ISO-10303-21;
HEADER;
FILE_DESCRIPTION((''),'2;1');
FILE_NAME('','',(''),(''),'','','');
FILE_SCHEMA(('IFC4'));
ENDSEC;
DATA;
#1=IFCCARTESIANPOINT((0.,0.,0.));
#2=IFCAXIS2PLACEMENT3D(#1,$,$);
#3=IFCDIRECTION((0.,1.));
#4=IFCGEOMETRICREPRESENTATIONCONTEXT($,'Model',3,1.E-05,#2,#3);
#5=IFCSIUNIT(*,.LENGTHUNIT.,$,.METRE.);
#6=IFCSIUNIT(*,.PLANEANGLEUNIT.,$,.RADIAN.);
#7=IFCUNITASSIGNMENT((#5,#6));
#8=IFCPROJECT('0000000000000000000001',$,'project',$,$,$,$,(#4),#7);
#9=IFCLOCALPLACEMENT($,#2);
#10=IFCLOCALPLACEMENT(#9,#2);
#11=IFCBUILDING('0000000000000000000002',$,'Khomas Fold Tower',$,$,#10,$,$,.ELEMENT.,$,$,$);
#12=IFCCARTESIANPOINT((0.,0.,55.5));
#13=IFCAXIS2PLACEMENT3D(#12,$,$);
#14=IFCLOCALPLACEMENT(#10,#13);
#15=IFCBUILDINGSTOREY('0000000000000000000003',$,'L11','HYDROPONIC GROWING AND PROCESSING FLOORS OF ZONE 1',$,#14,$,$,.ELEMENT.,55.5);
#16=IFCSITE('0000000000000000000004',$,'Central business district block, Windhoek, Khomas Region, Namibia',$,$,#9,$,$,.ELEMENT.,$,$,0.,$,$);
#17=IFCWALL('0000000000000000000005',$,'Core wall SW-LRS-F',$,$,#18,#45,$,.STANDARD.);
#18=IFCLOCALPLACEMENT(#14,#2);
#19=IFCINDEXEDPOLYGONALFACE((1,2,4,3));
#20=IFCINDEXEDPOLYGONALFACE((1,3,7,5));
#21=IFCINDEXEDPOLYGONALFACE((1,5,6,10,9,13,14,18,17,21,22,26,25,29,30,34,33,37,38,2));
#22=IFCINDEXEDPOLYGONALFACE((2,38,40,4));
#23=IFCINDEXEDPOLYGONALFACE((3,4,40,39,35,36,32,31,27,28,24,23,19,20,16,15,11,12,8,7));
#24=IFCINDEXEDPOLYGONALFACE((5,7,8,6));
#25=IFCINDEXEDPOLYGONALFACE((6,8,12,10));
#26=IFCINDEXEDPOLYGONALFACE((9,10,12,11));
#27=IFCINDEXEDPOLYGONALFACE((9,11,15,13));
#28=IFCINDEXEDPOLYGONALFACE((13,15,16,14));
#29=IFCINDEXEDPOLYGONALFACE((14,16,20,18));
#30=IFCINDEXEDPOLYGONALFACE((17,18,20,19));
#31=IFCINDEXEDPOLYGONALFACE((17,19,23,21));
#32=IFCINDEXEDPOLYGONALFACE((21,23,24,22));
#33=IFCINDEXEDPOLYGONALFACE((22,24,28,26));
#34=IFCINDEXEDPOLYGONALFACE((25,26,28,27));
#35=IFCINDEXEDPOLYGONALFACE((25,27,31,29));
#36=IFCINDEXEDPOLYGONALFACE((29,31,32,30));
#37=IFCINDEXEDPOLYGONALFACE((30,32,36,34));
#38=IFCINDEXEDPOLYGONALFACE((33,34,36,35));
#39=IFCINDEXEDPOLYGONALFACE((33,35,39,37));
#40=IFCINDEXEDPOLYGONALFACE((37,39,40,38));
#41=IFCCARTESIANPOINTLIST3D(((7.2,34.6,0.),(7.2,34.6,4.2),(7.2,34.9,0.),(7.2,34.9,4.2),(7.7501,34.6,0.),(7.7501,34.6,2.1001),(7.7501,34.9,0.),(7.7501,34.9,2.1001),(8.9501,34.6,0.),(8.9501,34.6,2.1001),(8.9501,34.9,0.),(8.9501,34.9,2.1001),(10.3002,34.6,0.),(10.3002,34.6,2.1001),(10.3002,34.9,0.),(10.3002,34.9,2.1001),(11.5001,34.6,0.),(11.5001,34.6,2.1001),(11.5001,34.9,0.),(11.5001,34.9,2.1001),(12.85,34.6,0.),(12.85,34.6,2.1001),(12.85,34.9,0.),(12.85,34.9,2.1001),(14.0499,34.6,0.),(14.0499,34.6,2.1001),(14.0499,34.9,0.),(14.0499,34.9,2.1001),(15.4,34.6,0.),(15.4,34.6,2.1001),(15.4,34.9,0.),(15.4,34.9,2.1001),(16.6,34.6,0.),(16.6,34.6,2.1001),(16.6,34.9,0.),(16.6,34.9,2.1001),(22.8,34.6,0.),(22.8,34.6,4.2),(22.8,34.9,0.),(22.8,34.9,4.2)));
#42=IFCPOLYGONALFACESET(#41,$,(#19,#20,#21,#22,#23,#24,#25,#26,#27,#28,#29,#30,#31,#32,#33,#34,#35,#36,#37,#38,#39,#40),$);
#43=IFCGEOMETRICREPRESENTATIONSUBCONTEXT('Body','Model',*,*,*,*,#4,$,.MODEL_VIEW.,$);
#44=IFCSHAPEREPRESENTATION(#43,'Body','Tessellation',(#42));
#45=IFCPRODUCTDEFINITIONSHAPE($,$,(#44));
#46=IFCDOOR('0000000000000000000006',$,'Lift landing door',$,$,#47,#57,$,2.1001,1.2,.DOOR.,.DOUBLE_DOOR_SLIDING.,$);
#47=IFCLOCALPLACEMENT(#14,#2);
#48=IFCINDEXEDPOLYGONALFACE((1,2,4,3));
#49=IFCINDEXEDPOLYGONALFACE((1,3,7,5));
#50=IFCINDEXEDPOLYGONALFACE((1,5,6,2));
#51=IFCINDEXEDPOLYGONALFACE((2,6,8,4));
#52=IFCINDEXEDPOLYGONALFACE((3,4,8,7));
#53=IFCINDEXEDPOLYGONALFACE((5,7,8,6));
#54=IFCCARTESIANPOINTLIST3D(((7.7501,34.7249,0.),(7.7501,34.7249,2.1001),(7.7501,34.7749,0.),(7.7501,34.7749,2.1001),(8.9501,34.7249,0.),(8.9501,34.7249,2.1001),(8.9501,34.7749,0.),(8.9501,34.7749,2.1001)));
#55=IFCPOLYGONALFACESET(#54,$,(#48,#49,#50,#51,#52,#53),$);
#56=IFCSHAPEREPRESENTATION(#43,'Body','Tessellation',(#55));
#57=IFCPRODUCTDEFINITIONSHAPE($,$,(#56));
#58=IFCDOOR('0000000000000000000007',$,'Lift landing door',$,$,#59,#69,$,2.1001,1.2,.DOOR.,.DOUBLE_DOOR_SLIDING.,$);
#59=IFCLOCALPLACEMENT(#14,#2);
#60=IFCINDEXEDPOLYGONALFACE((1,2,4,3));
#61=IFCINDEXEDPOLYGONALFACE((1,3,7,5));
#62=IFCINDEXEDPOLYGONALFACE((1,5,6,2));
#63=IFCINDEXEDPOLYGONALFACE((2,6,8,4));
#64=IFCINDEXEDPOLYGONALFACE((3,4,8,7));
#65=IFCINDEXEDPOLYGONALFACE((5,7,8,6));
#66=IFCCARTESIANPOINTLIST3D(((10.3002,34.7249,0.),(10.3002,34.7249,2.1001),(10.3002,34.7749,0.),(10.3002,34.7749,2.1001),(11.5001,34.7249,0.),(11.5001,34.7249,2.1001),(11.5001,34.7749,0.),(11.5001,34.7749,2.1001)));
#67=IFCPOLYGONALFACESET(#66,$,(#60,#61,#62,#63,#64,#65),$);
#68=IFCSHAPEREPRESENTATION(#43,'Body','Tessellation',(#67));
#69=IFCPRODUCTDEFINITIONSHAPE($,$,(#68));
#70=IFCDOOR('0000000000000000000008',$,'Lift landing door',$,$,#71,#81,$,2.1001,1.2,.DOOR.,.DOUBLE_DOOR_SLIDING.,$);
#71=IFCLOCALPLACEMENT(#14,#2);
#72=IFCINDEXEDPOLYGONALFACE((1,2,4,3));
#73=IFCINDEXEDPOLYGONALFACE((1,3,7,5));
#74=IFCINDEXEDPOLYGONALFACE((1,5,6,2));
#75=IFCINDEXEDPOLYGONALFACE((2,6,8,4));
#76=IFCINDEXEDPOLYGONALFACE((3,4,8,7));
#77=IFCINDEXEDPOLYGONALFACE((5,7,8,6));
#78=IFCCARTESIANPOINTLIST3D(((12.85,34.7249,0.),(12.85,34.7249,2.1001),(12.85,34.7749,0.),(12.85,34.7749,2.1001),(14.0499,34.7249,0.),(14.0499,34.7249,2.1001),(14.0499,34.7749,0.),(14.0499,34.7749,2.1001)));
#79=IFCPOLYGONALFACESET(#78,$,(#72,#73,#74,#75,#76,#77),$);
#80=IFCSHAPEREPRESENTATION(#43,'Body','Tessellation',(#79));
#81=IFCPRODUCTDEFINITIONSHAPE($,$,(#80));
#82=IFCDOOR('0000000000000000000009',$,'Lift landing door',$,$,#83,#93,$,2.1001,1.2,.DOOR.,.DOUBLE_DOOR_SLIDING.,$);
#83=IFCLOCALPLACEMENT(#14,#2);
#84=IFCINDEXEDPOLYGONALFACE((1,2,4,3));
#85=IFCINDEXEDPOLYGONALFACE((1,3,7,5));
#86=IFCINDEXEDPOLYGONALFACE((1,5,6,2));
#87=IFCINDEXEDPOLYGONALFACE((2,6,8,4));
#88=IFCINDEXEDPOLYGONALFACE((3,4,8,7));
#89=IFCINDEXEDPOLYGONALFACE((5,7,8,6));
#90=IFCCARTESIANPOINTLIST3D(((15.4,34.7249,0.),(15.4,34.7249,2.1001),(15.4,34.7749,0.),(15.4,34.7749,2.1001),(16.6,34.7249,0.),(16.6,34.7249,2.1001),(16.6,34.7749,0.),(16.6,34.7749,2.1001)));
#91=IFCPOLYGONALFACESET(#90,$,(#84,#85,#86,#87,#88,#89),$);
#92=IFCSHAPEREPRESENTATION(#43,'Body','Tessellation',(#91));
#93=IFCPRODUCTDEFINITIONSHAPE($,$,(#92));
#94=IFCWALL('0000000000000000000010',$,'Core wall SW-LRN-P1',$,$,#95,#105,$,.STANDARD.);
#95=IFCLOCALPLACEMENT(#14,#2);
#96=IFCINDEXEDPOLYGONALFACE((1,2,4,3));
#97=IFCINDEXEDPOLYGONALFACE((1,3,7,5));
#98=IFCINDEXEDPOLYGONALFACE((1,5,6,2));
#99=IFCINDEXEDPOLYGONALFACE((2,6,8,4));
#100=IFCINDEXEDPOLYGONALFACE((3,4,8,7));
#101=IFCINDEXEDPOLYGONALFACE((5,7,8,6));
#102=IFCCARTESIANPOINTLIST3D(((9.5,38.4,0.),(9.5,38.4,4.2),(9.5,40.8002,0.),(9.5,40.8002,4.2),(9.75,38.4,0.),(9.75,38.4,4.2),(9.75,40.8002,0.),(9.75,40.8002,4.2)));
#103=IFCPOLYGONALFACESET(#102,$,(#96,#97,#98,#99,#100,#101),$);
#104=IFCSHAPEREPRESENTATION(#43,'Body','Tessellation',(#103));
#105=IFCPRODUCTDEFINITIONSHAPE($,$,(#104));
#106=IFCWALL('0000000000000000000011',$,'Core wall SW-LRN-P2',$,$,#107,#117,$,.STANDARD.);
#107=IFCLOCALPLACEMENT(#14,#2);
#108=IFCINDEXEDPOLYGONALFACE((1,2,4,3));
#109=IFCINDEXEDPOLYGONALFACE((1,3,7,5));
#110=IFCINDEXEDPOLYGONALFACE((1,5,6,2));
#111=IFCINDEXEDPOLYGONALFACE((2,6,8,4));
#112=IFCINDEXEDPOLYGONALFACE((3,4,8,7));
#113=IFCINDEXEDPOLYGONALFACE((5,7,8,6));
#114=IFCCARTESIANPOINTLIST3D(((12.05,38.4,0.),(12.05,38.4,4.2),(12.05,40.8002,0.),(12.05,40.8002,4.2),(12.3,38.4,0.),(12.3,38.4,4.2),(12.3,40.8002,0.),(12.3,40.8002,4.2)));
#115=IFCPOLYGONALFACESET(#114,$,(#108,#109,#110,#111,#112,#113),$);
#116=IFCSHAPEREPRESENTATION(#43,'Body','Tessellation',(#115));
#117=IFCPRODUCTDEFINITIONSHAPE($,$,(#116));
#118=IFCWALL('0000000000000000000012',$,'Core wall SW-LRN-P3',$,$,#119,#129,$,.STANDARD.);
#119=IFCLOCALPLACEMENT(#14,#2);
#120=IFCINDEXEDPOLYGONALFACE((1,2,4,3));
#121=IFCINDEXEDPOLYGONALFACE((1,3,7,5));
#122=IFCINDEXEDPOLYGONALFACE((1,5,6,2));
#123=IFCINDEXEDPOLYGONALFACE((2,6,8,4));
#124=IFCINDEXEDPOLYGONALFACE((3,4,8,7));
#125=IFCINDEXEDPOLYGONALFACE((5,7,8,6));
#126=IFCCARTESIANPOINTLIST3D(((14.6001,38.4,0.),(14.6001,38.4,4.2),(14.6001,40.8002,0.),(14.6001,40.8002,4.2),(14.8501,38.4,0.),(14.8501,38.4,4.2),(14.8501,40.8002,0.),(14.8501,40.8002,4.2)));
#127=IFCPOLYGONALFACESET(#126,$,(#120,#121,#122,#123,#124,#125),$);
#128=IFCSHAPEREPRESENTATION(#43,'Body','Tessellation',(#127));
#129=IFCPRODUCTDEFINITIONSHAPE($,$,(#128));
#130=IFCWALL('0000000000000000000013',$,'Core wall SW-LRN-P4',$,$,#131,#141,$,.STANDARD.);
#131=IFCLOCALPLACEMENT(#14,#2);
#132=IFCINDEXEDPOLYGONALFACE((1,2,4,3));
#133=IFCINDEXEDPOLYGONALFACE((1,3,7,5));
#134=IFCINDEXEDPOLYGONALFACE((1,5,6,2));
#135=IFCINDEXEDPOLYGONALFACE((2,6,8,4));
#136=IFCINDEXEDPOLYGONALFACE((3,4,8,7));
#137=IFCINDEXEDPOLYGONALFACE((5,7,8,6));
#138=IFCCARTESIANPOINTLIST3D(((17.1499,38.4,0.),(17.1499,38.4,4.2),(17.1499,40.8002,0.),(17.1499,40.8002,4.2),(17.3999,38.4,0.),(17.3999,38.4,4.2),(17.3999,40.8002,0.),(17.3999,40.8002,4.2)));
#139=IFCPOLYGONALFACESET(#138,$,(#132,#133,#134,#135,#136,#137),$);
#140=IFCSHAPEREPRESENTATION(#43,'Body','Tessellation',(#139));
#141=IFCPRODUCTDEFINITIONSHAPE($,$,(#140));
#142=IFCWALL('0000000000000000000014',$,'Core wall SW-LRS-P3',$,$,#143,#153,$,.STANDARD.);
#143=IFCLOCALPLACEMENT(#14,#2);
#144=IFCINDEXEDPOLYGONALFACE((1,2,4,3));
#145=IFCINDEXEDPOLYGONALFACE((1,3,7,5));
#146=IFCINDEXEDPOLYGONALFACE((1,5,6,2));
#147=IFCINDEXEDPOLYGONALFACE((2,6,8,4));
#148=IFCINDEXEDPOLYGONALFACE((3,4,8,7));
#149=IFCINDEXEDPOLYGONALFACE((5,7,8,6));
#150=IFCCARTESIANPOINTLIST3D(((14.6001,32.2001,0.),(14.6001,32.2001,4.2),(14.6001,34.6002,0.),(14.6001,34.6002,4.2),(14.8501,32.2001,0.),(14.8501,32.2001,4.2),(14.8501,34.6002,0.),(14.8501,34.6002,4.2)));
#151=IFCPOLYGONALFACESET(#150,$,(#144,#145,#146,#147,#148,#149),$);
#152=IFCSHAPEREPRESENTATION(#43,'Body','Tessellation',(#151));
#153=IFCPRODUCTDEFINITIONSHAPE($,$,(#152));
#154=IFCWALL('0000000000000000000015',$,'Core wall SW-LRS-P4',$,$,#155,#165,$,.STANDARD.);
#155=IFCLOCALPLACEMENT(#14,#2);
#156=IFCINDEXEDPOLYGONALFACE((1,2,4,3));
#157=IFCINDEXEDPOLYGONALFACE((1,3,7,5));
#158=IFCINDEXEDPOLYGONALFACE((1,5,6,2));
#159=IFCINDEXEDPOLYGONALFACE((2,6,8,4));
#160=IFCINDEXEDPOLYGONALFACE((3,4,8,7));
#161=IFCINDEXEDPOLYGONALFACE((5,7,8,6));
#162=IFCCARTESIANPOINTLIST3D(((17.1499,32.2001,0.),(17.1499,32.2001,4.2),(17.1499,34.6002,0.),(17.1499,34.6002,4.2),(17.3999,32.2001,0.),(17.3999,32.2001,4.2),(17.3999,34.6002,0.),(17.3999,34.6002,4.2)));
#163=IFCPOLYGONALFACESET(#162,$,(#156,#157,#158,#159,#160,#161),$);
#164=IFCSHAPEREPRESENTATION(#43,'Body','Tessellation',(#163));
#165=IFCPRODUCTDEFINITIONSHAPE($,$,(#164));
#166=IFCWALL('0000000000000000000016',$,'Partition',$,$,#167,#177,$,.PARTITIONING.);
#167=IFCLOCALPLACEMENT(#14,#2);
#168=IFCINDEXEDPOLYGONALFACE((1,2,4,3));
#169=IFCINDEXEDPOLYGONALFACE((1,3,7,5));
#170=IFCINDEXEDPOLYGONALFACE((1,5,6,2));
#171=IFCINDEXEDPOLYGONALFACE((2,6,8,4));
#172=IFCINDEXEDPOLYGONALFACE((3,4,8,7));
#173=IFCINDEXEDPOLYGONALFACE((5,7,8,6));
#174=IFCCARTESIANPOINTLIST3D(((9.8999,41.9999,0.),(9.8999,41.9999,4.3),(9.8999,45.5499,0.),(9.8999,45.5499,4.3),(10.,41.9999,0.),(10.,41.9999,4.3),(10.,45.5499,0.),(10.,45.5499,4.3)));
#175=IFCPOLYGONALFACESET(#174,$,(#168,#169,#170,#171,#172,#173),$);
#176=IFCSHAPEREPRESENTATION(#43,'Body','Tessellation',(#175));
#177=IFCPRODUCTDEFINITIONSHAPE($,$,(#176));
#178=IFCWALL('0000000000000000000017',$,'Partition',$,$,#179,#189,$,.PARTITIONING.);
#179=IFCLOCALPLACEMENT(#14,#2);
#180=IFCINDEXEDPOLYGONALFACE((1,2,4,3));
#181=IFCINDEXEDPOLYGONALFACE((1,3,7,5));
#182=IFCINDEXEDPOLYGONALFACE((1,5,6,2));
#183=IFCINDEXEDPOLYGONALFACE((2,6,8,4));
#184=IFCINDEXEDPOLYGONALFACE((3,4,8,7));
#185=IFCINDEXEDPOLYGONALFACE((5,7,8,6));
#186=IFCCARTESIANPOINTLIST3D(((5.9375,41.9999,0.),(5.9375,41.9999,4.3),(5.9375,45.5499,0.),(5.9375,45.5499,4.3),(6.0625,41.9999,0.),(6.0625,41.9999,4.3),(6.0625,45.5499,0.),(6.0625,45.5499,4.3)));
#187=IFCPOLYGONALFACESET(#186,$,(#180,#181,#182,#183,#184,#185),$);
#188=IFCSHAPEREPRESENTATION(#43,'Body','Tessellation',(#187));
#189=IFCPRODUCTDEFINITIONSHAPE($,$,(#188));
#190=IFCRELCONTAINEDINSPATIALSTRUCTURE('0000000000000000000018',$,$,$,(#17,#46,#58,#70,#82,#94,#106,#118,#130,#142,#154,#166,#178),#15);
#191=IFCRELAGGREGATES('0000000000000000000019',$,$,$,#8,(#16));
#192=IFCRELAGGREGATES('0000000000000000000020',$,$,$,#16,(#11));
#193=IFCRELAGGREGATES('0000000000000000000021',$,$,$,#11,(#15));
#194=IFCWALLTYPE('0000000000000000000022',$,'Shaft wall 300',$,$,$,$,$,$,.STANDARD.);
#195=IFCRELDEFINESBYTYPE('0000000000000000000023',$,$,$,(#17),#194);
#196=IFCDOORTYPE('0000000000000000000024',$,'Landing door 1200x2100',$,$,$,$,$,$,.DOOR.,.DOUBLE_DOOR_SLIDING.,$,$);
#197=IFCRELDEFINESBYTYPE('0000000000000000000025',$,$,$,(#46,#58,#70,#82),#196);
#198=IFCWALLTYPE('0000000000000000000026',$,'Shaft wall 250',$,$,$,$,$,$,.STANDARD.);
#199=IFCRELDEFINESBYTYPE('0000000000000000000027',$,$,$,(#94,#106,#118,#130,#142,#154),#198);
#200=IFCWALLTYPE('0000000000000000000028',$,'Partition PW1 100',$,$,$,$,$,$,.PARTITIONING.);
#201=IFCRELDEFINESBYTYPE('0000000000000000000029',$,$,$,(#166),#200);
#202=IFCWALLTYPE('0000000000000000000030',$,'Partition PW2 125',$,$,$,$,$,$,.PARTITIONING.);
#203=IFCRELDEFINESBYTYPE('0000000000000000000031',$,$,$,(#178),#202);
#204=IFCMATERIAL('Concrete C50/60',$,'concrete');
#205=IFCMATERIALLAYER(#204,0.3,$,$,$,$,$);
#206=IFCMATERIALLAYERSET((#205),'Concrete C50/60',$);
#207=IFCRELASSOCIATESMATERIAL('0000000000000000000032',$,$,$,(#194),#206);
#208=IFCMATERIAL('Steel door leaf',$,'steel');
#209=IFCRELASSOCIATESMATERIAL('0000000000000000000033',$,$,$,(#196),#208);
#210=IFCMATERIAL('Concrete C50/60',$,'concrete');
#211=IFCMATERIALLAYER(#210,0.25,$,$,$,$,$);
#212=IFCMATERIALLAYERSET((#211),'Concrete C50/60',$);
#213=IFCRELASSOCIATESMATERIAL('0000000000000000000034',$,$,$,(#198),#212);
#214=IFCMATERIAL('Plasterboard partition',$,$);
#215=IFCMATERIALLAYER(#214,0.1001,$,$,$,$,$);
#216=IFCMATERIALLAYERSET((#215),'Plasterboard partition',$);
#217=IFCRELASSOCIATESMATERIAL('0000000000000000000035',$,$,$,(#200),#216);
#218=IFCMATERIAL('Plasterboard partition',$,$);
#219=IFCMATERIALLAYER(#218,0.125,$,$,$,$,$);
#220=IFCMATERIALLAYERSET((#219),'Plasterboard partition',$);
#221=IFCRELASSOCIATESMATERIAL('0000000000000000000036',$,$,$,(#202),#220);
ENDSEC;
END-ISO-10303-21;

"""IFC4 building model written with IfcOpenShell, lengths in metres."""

from ifc_helpers import new_model, si_unit, direction, frame, frame_2d, origin, place, context, subcontext, project, spatial, rectangle, extrude, source, transform, mapped, material, layer, layer_set, type_object, element, fill, save


model = new_model("IFC4")

# Units and contexts
model_context = context("Model", 3, precision=1e-05, world=origin(), true_north=direction((0.0, 1.0)))
body_context = subcontext(model_context, "Body", "Model", "MODEL_VIEW")
ifc_project = project(units=[si_unit("LENGTHUNIT", "METRE"), si_unit("PLANEANGLEUNIT", "RADIAN")], contexts=[model_context])

# Site, building, storey
site_placement = place(None, origin())
site = spatial("IfcSite", under=ifc_project, at=site_placement, Name="Central business district block, Windhoek, Khomas Region, Namibia", CompositionType="ELEMENT", RefElevation=0.0)
building_placement = place(site_placement, origin())
building = spatial("IfcBuilding", under=site, at=building_placement, Name="Khomas Fold Tower", CompositionType="ELEMENT")
storey_placement = place(building_placement, frame((0.0, 0.0, 55.5)))
storey = spatial("IfcBuildingStorey", under=building, at=storey_placement, Name="L11", Description="HYDROPONIC GROWING AND PROCESSING FLOORS OF ZONE 1", CompositionType="ELEMENT", Elevation=55.5)

# Wall, openings, doors
ifc_material_1 = material(Name="Concrete C50/60", Category="concrete")
ifc_layer_1 = layer(ifc_material_1, 0.3)
ifc_layer_set_1 = layer_set([ifc_layer_1], Name="Concrete C50/60")
wall_type_1 = type_object("IfcWallType", Name="Shaft wall 300", PredefinedType="STANDARD", material=ifc_layer_set_1)
shared_shape_1 = source(origin(), body_context, "Body", "SweptSolid", [
    extrude(rectangle(XDim=15.6001, YDim=0.3, at=frame_2d((7.8, 0.0))), origin(), (0.0, 0.0, 1.0), 4.2),
])
shared_shape_2 = source(origin(), body_context, "Body", "SweptSolid", [
    extrude(rectangle(XDim=1.2, YDim=2.1001, at=frame_2d((0.6001, 1.05))), frame((0.0, 0.1599, 0.0), z_axis=(0.0, -1.0, 0.0), x_axis=(1.0, 0.0, 0.0)), (0.0, 0.0, 1.0), 0.3201),
])
ifc_material_2 = material(Name="Steel door leaf", Category="steel")
door_type = type_object("IfcDoorType", Name="Landing door 1200x2100", OperationType="DOUBLE_DOOR_SLIDING", PredefinedType="DOOR", material=ifc_material_2)
shared_shape_3 = source(origin(), body_context, "Body", "SweptSolid", [
    extrude(rectangle(XDim=1.2, YDim=2.1001, at=frame_2d((0.6001, 1.05))), frame((0.0, 0.0249, 0.0), z_axis=(0.0, -1.0, 0.0), x_axis=(1.0, 0.0, 0.0)), (0.0, 0.0, 1.0), 0.05),
])
wall_1_placement = place(storey_placement, frame((7.2, 34.75, 0.0), z_axis=(0.0, 0.0, 1.0), x_axis=(1.0, 0.0, 0.0)))
wall_1 = element("IfcWall", 1, at=wall_1_placement, inside=storey, type_object=wall_type_1, Name="Core wall SW-LRS-F", PredefinedType="STANDARD", context=body_context, shape_type="MappedRepresentation", body=[
    mapped(shared_shape_1, transform((0.0, 0.0, 0.0))),
])
opening_1_placement = place(wall_1_placement, frame((0.55, 0.0, 0.0)))
opening_1 = element("IfcOpeningElement", 2, at=opening_1_placement, cuts=wall_1, PredefinedType="OPENING", context=body_context, shape_type="MappedRepresentation", body=[
    mapped(shared_shape_2, transform((0.0, 0.0, 0.0))),
])
opening_2_placement = place(wall_1_placement, frame((3.1001, 0.0, 0.0)))
opening_2 = element("IfcOpeningElement", 3, at=opening_2_placement, cuts=wall_1, PredefinedType="OPENING", context=body_context, shape_type="MappedRepresentation", body=[
    mapped(shared_shape_2, transform((0.0, 0.0, 0.0))),
])
opening_3_placement = place(wall_1_placement, frame((5.6499, 0.0, 0.0)))
opening_3 = element("IfcOpeningElement", 4, at=opening_3_placement, cuts=wall_1, PredefinedType="OPENING", context=body_context, shape_type="MappedRepresentation", body=[
    mapped(shared_shape_2, transform((0.0, 0.0, 0.0))),
])
opening_4_placement = place(wall_1_placement, frame((8.2, 0.0, 0.0)))
opening_4 = element("IfcOpeningElement", 5, at=opening_4_placement, cuts=wall_1, PredefinedType="OPENING", context=body_context, shape_type="MappedRepresentation", body=[
    mapped(shared_shape_2, transform((0.0, 0.0, 0.0))),
])
door_1_placement = place(opening_1_placement, origin())
door_1 = element("IfcDoor", 6, at=door_1_placement, inside=storey, type_object=door_type, Name="Lift landing door", OperationType="DOUBLE_DOOR_SLIDING", OverallHeight=2.1001, OverallWidth=1.2, PredefinedType="DOOR", context=body_context, shape_type="MappedRepresentation", body=[
    mapped(shared_shape_3, transform((0.0, 0.0, 0.0))),
])
fill(opening_1, door_1)
door_2_placement = place(opening_2_placement, origin())
door_2 = element("IfcDoor", 7, at=door_2_placement, inside=storey, type_object=door_type, Name="Lift landing door", OperationType="DOUBLE_DOOR_SLIDING", OverallHeight=2.1001, OverallWidth=1.2, PredefinedType="DOOR", context=body_context, shape_type="MappedRepresentation", body=[
    mapped(shared_shape_3, transform((0.0, 0.0, 0.0))),
])
fill(opening_2, door_2)
door_3_placement = place(opening_3_placement, origin())
door_3 = element("IfcDoor", 8, at=door_3_placement, inside=storey, type_object=door_type, Name="Lift landing door", OperationType="DOUBLE_DOOR_SLIDING", OverallHeight=2.1001, OverallWidth=1.2, PredefinedType="DOOR", context=body_context, shape_type="MappedRepresentation", body=[
    mapped(shared_shape_3, transform((0.0, 0.0, 0.0))),
])
fill(opening_3, door_3)
door_4_placement = place(opening_4_placement, origin())
door_4 = element("IfcDoor", 9, at=door_4_placement, inside=storey, type_object=door_type, Name="Lift landing door", OperationType="DOUBLE_DOOR_SLIDING", OverallHeight=2.1001, OverallWidth=1.2, PredefinedType="DOOR", context=body_context, shape_type="MappedRepresentation", body=[
    mapped(shared_shape_3, transform((0.0, 0.0, 0.0))),
])
fill(opening_4, door_4)

# Walls
ifc_material_3 = material(Name="Concrete C50/60", Category="concrete")
ifc_layer_2 = layer(ifc_material_3, 0.25)
ifc_layer_set_2 = layer_set([ifc_layer_2], Name="Concrete C50/60")
wall_type_2 = type_object("IfcWallType", Name="Shaft wall 250", PredefinedType="STANDARD", material=ifc_layer_set_2)
shared_shape_4 = source(origin(), body_context, "Body", "SweptSolid", [
    extrude(rectangle(XDim=2.4001, YDim=0.25, at=frame_2d((1.2002, 0.0))), origin(), (0.0, 0.0, 1.0), 4.2),
])
for number, where, z_axis, x_axis, name in (
    (10, (9.625, 38.3999, 0.0), (0.0, 0.0, 1.0), (0.0, 1.0, 0.0), "Core wall SW-LRN-P1"),
    (11, (12.175, 38.3999, 0.0), (0.0, 0.0, 1.0), (0.0, 1.0, 0.0), "Core wall SW-LRN-P2"),
    (12, (14.7251, 38.3999, 0.0), (0.0, 0.0, 1.0), (0.0, 1.0, 0.0), "Core wall SW-LRN-P3"),
    (13, (17.2749, 38.3999, 0.0), (0.0, 0.0, 1.0), (0.0, 1.0, 0.0), "Core wall SW-LRN-P4"),
    (14, (14.7251, 32.2, 0.0), (0.0, 0.0, 1.0), (0.0, 1.0, 0.0), "Core wall SW-LRS-P3"),
    (15, (17.2749, 32.2, 0.0), (0.0, 0.0, 1.0), (0.0, 1.0, 0.0), "Core wall SW-LRS-P4"),
):
    element("IfcWall", number, at=place(storey_placement, frame(where, z_axis=z_axis, x_axis=x_axis)), inside=storey, type_object=wall_type_2, Name=name, PredefinedType="STANDARD", context=body_context, shape_type="MappedRepresentation", body=[
        mapped(shared_shape_4, transform((0.0, 0.0, 0.0))),
    ])
ifc_material_4 = material(Name="Plasterboard partition")
ifc_layer_3 = layer(ifc_material_4, 0.1001)
ifc_layer_set_3 = layer_set([ifc_layer_3], Name="Plasterboard partition")
wall_type_3 = type_object("IfcWallType", Name="Partition PW1 100", PredefinedType="PARTITIONING", material=ifc_layer_set_3)
shared_shape_5 = source(origin(), body_context, "Body", "SweptSolid", [
    extrude(rectangle(XDim=3.55, YDim=0.1001, at=frame_2d((1.7749, 0.0))), origin(), (0.0, 0.0, 1.0), 4.3),
])
wall_2_placement = place(storey_placement, frame((9.95, 42.0, 0.0), z_axis=(0.0, 0.0, 1.0), x_axis=(0.0, 1.0, 0.0)))
element("IfcWall", 16, at=wall_2_placement, inside=storey, type_object=wall_type_3, Name="Partition", PredefinedType="PARTITIONING", context=body_context, shape_type="MappedRepresentation", body=[
    mapped(shared_shape_5, transform((0.0, 0.0, 0.0))),
])
ifc_material_5 = material(Name="Plasterboard partition")
ifc_layer_4 = layer(ifc_material_5, 0.125)
ifc_layer_set_4 = layer_set([ifc_layer_4], Name="Plasterboard partition")
wall_type_4 = type_object("IfcWallType", Name="Partition PW2 125", PredefinedType="PARTITIONING", material=ifc_layer_set_4)
shared_shape_6 = source(origin(), body_context, "Body", "SweptSolid", [
    extrude(rectangle(XDim=3.55, YDim=0.125, at=frame_2d((1.7749, 0.0))), origin(), (0.0, 0.0, 1.0), 4.3),
])
wall_3_placement = place(storey_placement, frame((6.0, 42.0, 0.0), z_axis=(0.0, 0.0, 1.0), x_axis=(0.0, 1.0, 0.0)))
element("IfcWall", 17, at=wall_3_placement, inside=storey, type_object=wall_type_4, Name="Partition", PredefinedType="PARTITIONING", context=body_context, shape_type="MappedRepresentation", body=[
    mapped(shared_shape_6, transform((0.0, 0.0, 0.0))),
])

save(model, "model.ifc")
